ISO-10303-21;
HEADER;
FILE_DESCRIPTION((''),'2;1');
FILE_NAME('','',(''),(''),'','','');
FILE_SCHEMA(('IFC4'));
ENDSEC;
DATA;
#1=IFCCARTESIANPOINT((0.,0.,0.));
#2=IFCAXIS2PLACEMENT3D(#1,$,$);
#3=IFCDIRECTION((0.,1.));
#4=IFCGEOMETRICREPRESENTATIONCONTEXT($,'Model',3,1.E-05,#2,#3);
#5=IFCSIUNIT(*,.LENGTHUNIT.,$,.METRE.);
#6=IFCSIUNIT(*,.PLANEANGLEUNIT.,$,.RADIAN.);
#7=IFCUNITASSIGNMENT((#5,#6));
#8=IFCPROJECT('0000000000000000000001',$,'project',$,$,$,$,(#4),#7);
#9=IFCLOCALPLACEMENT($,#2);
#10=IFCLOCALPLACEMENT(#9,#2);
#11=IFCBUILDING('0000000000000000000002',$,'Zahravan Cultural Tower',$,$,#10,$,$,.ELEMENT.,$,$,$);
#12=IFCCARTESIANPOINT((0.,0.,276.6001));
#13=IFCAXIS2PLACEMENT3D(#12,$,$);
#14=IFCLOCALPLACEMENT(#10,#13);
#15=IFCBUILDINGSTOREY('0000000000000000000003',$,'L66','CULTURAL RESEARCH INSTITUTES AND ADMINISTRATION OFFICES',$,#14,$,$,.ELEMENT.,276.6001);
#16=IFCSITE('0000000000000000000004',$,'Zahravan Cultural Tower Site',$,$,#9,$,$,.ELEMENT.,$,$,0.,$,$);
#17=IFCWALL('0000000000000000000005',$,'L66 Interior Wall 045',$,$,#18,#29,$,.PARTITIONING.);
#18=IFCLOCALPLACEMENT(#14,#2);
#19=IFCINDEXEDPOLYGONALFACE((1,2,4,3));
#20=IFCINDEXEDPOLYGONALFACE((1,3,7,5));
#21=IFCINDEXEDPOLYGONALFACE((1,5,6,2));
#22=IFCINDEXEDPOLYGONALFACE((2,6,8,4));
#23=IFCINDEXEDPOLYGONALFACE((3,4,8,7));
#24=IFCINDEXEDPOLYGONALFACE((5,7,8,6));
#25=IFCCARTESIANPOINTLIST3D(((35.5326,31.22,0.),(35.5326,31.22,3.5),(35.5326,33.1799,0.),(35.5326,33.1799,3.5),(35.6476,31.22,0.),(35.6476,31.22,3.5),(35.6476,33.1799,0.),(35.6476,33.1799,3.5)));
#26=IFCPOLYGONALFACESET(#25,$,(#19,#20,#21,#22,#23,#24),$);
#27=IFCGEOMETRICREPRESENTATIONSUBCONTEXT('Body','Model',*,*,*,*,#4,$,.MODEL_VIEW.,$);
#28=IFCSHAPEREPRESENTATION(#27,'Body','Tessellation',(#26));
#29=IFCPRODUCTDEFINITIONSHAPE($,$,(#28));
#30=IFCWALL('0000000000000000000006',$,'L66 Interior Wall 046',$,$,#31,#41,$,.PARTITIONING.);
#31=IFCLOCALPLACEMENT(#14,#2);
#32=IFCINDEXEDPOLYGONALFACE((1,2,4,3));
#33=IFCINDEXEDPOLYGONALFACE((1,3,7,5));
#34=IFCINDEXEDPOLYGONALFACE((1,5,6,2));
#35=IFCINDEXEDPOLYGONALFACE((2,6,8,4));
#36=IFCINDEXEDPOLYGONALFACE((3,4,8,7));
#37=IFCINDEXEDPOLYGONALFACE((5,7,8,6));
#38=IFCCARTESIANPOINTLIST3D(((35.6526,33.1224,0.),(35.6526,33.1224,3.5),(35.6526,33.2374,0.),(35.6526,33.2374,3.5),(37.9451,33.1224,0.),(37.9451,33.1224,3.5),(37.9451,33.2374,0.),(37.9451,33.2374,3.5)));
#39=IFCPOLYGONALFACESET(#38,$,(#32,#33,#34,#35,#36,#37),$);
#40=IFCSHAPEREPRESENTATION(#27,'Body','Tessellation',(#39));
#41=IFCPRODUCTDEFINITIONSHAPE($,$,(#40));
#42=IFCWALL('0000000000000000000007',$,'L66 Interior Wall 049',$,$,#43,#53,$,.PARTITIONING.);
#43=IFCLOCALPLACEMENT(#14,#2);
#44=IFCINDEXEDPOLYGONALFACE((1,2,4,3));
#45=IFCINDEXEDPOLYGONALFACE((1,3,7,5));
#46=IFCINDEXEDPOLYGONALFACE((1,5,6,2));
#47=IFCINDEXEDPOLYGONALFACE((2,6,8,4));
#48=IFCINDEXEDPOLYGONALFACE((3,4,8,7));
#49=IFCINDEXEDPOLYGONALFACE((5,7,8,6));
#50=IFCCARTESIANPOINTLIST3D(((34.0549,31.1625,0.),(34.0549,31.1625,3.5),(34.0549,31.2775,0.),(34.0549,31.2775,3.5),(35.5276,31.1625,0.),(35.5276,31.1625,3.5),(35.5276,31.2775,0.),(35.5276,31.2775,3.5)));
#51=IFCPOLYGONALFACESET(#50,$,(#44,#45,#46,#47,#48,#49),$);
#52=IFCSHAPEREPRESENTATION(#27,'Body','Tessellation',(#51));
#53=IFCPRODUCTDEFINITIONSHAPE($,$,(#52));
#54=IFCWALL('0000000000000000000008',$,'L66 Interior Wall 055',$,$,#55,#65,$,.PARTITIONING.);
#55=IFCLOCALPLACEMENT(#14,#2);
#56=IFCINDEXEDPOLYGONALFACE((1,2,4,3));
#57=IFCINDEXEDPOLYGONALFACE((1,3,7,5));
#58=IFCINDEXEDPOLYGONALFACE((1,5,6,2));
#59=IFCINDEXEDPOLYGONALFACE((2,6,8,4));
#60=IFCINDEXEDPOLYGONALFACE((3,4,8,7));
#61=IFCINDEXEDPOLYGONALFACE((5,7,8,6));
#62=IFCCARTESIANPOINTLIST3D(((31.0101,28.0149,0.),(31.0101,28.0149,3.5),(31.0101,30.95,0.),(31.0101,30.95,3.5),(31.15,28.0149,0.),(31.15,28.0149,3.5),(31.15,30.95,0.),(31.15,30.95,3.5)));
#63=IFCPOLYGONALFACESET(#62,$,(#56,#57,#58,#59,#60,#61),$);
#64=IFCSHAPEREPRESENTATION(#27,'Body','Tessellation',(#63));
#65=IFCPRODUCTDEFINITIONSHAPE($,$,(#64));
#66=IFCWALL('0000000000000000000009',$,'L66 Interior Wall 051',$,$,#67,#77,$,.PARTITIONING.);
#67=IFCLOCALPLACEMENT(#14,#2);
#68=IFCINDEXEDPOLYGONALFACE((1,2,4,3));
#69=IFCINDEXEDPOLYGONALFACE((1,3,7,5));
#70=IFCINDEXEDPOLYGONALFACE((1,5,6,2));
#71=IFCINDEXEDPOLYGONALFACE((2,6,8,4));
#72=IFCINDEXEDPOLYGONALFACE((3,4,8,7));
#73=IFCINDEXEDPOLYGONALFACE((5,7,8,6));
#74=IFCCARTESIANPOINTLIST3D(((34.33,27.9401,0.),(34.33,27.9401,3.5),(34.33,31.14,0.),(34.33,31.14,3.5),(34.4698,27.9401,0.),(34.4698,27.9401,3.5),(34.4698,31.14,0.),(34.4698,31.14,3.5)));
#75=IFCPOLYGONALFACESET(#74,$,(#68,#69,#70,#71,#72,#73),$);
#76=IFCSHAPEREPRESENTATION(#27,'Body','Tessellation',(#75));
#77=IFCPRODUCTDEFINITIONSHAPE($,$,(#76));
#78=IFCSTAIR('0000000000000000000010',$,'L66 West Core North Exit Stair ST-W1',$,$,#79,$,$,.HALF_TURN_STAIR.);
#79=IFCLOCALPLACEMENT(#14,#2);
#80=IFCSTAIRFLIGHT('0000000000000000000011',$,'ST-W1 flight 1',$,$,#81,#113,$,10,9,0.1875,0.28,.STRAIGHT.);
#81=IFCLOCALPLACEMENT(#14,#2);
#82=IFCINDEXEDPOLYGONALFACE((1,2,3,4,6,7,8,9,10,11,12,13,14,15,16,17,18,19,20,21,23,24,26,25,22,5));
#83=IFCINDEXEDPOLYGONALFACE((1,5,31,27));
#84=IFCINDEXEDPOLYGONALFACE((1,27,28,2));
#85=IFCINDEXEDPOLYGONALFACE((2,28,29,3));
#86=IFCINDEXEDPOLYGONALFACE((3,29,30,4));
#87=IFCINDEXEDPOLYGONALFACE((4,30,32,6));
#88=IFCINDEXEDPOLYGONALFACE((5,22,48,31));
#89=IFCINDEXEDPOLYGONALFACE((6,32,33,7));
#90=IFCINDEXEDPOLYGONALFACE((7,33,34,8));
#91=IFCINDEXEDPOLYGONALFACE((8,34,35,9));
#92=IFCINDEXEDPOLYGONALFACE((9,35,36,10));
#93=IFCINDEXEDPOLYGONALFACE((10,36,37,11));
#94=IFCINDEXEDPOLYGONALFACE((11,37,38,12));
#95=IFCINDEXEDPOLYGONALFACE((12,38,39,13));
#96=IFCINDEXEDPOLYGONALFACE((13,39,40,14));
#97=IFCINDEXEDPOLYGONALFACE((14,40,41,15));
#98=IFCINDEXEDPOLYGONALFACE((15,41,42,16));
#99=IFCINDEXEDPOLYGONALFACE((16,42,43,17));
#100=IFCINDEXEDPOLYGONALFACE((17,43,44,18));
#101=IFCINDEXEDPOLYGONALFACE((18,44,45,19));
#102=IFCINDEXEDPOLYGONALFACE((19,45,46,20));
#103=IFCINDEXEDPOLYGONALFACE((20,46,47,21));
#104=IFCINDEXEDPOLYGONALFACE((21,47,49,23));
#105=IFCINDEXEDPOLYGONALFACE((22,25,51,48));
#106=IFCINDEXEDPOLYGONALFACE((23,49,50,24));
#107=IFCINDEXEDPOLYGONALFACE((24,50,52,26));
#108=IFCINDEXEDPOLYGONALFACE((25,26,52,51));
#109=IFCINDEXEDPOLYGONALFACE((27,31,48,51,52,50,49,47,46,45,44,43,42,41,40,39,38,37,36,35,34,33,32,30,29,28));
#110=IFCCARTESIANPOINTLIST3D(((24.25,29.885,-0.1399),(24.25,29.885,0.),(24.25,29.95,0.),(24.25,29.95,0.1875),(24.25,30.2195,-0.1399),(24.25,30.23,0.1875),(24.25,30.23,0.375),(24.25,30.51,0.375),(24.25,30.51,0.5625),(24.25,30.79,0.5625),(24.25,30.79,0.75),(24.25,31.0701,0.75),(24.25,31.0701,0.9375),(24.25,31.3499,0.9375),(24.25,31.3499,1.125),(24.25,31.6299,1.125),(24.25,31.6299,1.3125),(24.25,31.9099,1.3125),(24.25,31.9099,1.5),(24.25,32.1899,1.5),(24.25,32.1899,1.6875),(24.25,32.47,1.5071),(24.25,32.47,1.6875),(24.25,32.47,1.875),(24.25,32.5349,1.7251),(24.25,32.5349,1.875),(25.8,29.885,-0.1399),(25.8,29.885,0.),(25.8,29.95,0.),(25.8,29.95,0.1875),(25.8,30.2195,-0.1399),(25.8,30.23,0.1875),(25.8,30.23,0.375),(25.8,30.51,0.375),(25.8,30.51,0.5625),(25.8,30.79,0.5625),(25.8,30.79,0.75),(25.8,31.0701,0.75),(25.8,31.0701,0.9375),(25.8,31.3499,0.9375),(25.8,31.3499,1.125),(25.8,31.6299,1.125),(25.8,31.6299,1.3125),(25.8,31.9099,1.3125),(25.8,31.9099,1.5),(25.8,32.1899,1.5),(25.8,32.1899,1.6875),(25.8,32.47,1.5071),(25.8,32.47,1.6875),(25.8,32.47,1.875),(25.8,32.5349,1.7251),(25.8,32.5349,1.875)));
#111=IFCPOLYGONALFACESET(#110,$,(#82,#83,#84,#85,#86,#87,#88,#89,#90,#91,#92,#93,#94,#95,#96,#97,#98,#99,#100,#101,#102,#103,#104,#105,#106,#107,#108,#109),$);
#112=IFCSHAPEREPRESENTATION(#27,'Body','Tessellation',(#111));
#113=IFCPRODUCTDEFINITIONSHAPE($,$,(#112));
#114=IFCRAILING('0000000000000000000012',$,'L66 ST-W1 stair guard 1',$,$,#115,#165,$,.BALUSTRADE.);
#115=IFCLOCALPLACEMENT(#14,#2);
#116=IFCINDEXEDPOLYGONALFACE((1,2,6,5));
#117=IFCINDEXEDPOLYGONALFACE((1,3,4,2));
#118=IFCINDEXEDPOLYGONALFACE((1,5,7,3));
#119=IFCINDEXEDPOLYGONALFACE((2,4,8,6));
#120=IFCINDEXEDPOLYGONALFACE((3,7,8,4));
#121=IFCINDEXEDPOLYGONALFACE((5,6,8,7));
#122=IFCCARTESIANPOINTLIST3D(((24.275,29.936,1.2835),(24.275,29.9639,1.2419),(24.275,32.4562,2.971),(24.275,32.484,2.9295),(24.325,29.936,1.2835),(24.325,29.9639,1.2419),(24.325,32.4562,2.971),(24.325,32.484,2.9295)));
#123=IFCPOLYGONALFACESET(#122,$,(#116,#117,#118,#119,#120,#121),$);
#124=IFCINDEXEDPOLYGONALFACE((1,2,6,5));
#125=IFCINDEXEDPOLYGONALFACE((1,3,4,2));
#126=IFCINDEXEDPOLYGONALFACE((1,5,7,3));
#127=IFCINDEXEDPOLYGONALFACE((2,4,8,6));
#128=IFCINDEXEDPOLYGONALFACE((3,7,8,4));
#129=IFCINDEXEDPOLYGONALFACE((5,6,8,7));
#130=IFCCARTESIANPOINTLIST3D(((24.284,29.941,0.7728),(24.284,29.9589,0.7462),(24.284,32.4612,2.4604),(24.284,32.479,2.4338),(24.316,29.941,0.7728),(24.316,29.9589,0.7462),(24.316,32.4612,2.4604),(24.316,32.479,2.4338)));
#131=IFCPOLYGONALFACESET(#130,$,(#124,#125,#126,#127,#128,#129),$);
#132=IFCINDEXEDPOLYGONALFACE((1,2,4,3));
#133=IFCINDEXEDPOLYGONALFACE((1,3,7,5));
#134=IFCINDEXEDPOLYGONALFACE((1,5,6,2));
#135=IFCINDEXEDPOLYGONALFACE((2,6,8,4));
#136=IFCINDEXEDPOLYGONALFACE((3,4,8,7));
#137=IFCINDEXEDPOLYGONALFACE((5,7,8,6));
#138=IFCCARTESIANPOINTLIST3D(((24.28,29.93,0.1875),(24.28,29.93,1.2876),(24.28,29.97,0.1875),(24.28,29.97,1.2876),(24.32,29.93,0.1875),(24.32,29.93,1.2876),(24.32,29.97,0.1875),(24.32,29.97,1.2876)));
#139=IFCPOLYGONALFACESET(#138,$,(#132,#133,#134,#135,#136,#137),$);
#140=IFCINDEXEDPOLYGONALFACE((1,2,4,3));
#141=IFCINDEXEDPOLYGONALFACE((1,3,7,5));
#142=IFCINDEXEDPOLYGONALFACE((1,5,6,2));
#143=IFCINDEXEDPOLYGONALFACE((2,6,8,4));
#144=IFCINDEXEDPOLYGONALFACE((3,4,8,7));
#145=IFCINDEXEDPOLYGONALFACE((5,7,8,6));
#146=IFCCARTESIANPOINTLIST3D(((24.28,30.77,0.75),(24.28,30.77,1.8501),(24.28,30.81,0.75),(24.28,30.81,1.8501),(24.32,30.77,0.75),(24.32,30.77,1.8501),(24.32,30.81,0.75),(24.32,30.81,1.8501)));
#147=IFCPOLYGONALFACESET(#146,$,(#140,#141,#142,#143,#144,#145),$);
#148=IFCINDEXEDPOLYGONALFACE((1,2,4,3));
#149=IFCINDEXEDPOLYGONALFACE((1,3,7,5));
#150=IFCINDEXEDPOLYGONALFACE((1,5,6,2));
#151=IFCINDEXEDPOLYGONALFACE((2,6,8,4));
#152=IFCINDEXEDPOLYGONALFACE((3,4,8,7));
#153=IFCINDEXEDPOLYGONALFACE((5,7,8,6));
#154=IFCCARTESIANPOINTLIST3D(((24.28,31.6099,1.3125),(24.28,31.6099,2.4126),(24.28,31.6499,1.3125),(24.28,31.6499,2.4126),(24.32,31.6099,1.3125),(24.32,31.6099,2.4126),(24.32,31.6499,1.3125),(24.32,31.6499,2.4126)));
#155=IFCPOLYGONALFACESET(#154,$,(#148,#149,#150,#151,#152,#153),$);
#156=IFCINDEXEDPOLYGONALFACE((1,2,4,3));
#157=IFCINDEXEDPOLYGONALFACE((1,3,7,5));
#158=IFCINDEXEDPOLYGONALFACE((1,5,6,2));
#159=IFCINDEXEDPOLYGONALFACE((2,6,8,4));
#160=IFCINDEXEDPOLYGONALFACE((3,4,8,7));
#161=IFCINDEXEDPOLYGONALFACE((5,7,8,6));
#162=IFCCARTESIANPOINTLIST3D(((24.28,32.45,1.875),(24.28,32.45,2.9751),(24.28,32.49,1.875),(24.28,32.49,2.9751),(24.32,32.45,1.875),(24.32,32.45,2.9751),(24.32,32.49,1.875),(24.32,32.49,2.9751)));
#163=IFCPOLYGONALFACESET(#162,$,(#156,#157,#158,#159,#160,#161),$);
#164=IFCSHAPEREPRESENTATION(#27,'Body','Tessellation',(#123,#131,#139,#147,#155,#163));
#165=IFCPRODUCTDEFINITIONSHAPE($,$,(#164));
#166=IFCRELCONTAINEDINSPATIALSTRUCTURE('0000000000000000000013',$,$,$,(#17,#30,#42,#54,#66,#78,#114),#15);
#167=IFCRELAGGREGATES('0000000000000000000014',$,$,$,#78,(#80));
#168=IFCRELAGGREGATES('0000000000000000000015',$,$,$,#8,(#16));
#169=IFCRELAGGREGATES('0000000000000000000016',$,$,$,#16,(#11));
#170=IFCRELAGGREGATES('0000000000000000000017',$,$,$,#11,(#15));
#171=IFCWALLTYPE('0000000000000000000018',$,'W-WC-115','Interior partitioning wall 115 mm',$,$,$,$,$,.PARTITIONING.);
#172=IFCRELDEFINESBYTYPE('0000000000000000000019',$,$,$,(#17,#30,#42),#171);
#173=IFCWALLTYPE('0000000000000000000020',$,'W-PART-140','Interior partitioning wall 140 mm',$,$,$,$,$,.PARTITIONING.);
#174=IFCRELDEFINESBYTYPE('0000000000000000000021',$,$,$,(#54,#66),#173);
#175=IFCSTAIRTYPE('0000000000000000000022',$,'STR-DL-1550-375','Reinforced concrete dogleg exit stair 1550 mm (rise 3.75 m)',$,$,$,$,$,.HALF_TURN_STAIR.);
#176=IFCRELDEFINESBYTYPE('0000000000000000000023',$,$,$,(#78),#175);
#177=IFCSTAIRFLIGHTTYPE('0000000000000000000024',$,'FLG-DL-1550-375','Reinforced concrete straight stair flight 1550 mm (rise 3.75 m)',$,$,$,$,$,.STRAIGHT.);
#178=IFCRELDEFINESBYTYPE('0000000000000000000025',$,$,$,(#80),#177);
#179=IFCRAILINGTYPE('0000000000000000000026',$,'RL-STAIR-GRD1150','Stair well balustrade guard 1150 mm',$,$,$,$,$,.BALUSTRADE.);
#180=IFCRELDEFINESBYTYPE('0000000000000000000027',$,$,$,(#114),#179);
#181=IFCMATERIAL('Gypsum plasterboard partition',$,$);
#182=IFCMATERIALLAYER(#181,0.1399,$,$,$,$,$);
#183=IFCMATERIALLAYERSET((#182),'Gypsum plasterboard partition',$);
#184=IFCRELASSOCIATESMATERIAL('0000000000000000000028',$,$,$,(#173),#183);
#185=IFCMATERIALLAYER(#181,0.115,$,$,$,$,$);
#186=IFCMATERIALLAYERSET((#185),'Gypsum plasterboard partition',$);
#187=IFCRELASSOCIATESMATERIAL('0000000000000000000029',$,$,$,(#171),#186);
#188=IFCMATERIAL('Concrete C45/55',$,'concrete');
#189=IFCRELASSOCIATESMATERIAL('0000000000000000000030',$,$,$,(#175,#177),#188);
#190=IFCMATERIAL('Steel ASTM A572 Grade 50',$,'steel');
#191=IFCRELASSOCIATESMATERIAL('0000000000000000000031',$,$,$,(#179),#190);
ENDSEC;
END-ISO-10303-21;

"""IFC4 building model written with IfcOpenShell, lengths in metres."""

from ifc_helpers import new_model, si_unit, direction, frame, frame_2d, origin, origin_2d, place, context, subcontext, project, spatial, polyline, rectangle, outline, extrude, source, transform, mapped, material, layer, layer_set, type_object, element, aggregate, save


model = new_model("IFC4")

# Units and contexts
model_context = context("Model", 3, precision=1e-05, world=origin(), true_north=direction((0.0, 1.0)))
body_context = subcontext(model_context, "Body", "Model", "MODEL_VIEW")
ifc_project = project(units=[si_unit("LENGTHUNIT", "METRE"), si_unit("PLANEANGLEUNIT", "RADIAN")], contexts=[model_context])

# Site, building, storey
site_placement = place(None, origin())
site = spatial("IfcSite", under=ifc_project, at=site_placement, Name="Zahravan Cultural Tower Site", CompositionType="ELEMENT", RefElevation=0.0)
building_placement = place(site_placement, origin())
building = spatial("IfcBuilding", under=site, at=building_placement, Name="Zahravan Cultural Tower", CompositionType="ELEMENT")
storey_placement = place(building_placement, frame((0.0, 0.0, 276.6001)))
storey = spatial("IfcBuildingStorey", under=building, at=storey_placement, Name="L66", Description="CULTURAL RESEARCH INSTITUTES AND ADMINISTRATION OFFICES", CompositionType="ELEMENT", Elevation=276.6001)

# Shared definitions
ifc_material_1 = material(Name="Steel ASTM A572 Grade 50", Category="steel")
ifc_material_2 = material(Name="Gypsum plasterboard partition")
ifc_layer_1 = layer(ifc_material_2, 0.1399)
ifc_layer_set_1 = layer_set([ifc_layer_1], Name="Gypsum plasterboard partition")
wall_type_1 = type_object("IfcWallType", Name="W-PART-140", Description="Interior partitioning wall 140 mm", PredefinedType="PARTITIONING", material=ifc_layer_set_1)
ifc_material_3 = material(Name="Concrete C45/55", Category="concrete")

# Walls
ifc_layer_2 = layer(ifc_material_2, 0.115)
ifc_layer_set_2 = layer_set([ifc_layer_2], Name="Gypsum plasterboard partition")
wall_type_2 = type_object("IfcWallType", Name="W-WC-115", Description="Interior partitioning wall 115 mm", PredefinedType="PARTITIONING", material=ifc_layer_set_2)
shared_shape_1 = source(origin(), body_context, "Body", "SweptSolid", [
    extrude(rectangle(XDim=1.96, YDim=0.115, at=frame_2d((0.98, 0.0))), origin(), (0.0, 0.0, 1.0), 3.5),
])
wall_1_placement = place(storey_placement, frame((35.5901, 31.22, 0.0), z_axis=(0.0, 0.0, 1.0), x_axis=(0.0, 1.0, 0.0)))
element("IfcWall", 1, at=wall_1_placement, inside=storey, type_object=wall_type_2, Name="L66 Interior Wall 045", PredefinedType="PARTITIONING", context=body_context, shape_type="MappedRepresentation", body=[
    mapped(shared_shape_1, transform((0.0, 0.0, 0.0), x_axis=(1.0, 0.0, 0.0), y_axis=(0.0, 1.0, 0.0), z_axis=(0.0, 0.0, 1.0), scale=1.0)),
])
shared_shape_2 = source(origin(), body_context, "Body", "SweptSolid", [
    extrude(rectangle(XDim=2.2925, YDim=0.115, at=frame_2d((1.1462, 0.0))), origin(), (0.0, 0.0, 1.0), 3.5),
])
wall_2_placement = place(storey_placement, frame((35.6526, 33.1799, 0.0), z_axis=(0.0, 0.0, 1.0), x_axis=(1.0, 0.0, 0.0)))
element("IfcWall", 2, at=wall_2_placement, inside=storey, type_object=wall_type_2, Name="L66 Interior Wall 046", PredefinedType="PARTITIONING", context=body_context, shape_type="MappedRepresentation", body=[
    mapped(shared_shape_2, transform((0.0, 0.0, 0.0), x_axis=(1.0, 0.0, 0.0), y_axis=(0.0, 1.0, 0.0), z_axis=(0.0, 0.0, 1.0), scale=1.0)),
])
shared_shape_3 = source(origin(), body_context, "Body", "SweptSolid", [
    extrude(rectangle(XDim=1.4727, YDim=0.115, at=frame_2d((0.7363, 0.0))), origin(), (0.0, 0.0, 1.0), 3.5),
])
wall_3_placement = place(storey_placement, frame((35.5276, 31.22, 0.0), z_axis=(0.0, 0.0, 1.0), x_axis=(-1.0, 0.0, 0.0)))
element("IfcWall", 3, at=wall_3_placement, inside=storey, type_object=wall_type_2, Name="L66 Interior Wall 049", PredefinedType="PARTITIONING", context=body_context, shape_type="MappedRepresentation", body=[
    mapped(shared_shape_3, transform((0.0, 0.0, 0.0), x_axis=(1.0, 0.0, 0.0), y_axis=(0.0, 1.0, 0.0), z_axis=(0.0, 0.0, 1.0), scale=1.0)),
])
shared_shape_4 = source(origin(), body_context, "Body", "SweptSolid", [
    extrude(rectangle(XDim=2.9351, YDim=0.1399, at=frame_2d((1.4675, 0.0))), origin(), (0.0, 0.0, 1.0), 3.5),
])
wall_4_placement = place(storey_placement, frame((31.0801, 28.0149, 0.0), z_axis=(0.0, 0.0, 1.0), x_axis=(0.0, 1.0, 0.0)))
element("IfcWall", 4, at=wall_4_placement, inside=storey, type_object=wall_type_1, Name="L66 Interior Wall 055", PredefinedType="PARTITIONING", context=body_context, shape_type="MappedRepresentation", body=[
    mapped(shared_shape_4, transform((0.0, 0.0, 0.0), x_axis=(1.0, 0.0, 0.0), y_axis=(0.0, 1.0, 0.0), z_axis=(0.0, 0.0, 1.0), scale=1.0)),
])
shared_shape_5 = source(origin(), body_context, "Body", "SweptSolid", [
    extrude(rectangle(XDim=3.2, YDim=0.1399, at=frame_2d((1.6001, 0.0))), origin(), (0.0, 0.0, 1.0), 3.5),
])
wall_5_placement = place(storey_placement, frame((34.3999, 27.9399, 0.0), z_axis=(0.0, 0.0, 1.0), x_axis=(0.0, 1.0, 0.0)))
element("IfcWall", 5, at=wall_5_placement, inside=storey, type_object=wall_type_1, Name="L66 Interior Wall 051", PredefinedType="PARTITIONING", context=body_context, shape_type="MappedRepresentation", body=[
    mapped(shared_shape_5, transform((0.0, 0.0, 0.0), x_axis=(1.0, 0.0, 0.0), y_axis=(0.0, 1.0, 0.0), z_axis=(0.0, 0.0, 1.0), scale=1.0)),
])

# Stair, stair flight
stair_type = type_object("IfcStairType", Name="STR-DL-1550-375", Description="Reinforced concrete dogleg exit stair 1550 mm (rise 3.75 m)", PredefinedType="HALF_TURN_STAIR", material=ifc_material_3)
stair_placement = place(storey_placement, origin())
stair = element("IfcStair", 6, at=stair_placement, inside=storey, type_object=stair_type, Name="L66 West Core North Exit Stair ST-W1", PredefinedType="HALF_TURN_STAIR")
stair_flight_type = type_object("IfcStairFlightType", Name="FLG-DL-1550-375", Description="Reinforced concrete straight stair flight 1550 mm (rise 3.75 m)", PredefinedType="STRAIGHT", material=ifc_material_3)
stair_flight_placement = place(storey_placement, frame((25.0249, 29.95, 0.0), z_axis=(0.0, 0.0, 1.0), x_axis=(0.0, 1.0, 0.0)))
stair_flight = element("IfcStairFlight", 7, at=stair_flight_placement, type_object=stair_flight_type, Name="ST-W1 flight 1", NumberOfRisers=10, NumberOfTreads=9, PredefinedType="STRAIGHT", RiserHeight=0.1875, TreadLength=0.28, context=body_context, shape_type="SweptSolid", body=[
    extrude(outline(polyline([(-0.0649, -0.1399), (-0.0649, 0.0), (0.0, 0.0), (0.0, 0.1875), (0.28, 0.1875), (0.28, 0.375), (0.5601, 0.375), (0.5601, 0.5625), (0.8401, 0.5625), (0.8401, 0.75), (1.1201, 0.75), (1.1201, 0.9375), (1.3999, 0.9375), (1.3999, 1.125), (1.6799, 1.125), (1.6799, 1.3125), (1.96, 1.3125), (1.96, 1.5), (2.24, 1.5), (2.24, 1.6875), (2.52, 1.6875), (2.52, 1.875), (2.585, 1.875), (2.585, 1.7251), (2.52, 1.5071), (0.2695, -0.1399), (-0.0649, -0.1399)])), frame((0.0, 0.7749, 0.0), z_axis=(0.0, -1.0, 0.0), x_axis=(1.0, 0.0, 0.0)), (0.0, 0.0, 1.0), 1.55),
])
aggregate(stair, [stair_flight])

# Railing
railing_type_1 = type_object("IfcRailingType", Name="RL-STAIR-GRD1150", Description="Stair well balustrade guard 1150 mm", PredefinedType="BALUSTRADE", material=ifc_material_1)
railing_1_placement = place(storey_placement, frame((24.3, 29.95, 0.1875)))
element("IfcRailing", 8, at=railing_1_placement, inside=storey, type_object=railing_type_1, Name="L66 ST-W1 stair guard 1", PredefinedType="BALUSTRADE", context=body_context, shape_type="SweptSolid", body=[
    extrude(rectangle(XDim=0.05, YDim=0.05, at=origin_2d()), frame((0.0, 0.0, 1.0752), z_axis=(0.0, 0.830909, 0.556408), x_axis=(-1.0, 0.0, 0.0)), (0.0, 0.0, 1.0), 3.033),
    extrude(rectangle(XDim=0.032, YDim=0.032, at=origin_2d()), frame((0.0, 0.0, 0.572), z_axis=(0.0, 0.830909, 0.556408), x_axis=(-1.0, 0.0, 0.0)), (0.0, 0.0, 1.0), 3.033),
    extrude(rectangle(XDim=0.04, YDim=0.04, at=origin_2d()), origin(), (0.0, 0.0, 1.0), 1.1001),
    extrude(rectangle(XDim=0.04, YDim=0.04, at=origin_2d()), frame((0.0, 0.8401, 0.5625)), (0.0, 0.0, 1.0), 1.1001),
    extrude(rectangle(XDim=0.04, YDim=0.04, at=origin_2d()), frame((0.0, 1.6799, 1.125)), (0.0, 0.0, 1.0), 1.1001),
    extrude(rectangle(XDim=0.04, YDim=0.04, at=origin_2d()), frame((0.0, 2.52, 1.6875)), (0.0, 0.0, 1.0), 1.1001),
])

save(model, "model.ifc")
